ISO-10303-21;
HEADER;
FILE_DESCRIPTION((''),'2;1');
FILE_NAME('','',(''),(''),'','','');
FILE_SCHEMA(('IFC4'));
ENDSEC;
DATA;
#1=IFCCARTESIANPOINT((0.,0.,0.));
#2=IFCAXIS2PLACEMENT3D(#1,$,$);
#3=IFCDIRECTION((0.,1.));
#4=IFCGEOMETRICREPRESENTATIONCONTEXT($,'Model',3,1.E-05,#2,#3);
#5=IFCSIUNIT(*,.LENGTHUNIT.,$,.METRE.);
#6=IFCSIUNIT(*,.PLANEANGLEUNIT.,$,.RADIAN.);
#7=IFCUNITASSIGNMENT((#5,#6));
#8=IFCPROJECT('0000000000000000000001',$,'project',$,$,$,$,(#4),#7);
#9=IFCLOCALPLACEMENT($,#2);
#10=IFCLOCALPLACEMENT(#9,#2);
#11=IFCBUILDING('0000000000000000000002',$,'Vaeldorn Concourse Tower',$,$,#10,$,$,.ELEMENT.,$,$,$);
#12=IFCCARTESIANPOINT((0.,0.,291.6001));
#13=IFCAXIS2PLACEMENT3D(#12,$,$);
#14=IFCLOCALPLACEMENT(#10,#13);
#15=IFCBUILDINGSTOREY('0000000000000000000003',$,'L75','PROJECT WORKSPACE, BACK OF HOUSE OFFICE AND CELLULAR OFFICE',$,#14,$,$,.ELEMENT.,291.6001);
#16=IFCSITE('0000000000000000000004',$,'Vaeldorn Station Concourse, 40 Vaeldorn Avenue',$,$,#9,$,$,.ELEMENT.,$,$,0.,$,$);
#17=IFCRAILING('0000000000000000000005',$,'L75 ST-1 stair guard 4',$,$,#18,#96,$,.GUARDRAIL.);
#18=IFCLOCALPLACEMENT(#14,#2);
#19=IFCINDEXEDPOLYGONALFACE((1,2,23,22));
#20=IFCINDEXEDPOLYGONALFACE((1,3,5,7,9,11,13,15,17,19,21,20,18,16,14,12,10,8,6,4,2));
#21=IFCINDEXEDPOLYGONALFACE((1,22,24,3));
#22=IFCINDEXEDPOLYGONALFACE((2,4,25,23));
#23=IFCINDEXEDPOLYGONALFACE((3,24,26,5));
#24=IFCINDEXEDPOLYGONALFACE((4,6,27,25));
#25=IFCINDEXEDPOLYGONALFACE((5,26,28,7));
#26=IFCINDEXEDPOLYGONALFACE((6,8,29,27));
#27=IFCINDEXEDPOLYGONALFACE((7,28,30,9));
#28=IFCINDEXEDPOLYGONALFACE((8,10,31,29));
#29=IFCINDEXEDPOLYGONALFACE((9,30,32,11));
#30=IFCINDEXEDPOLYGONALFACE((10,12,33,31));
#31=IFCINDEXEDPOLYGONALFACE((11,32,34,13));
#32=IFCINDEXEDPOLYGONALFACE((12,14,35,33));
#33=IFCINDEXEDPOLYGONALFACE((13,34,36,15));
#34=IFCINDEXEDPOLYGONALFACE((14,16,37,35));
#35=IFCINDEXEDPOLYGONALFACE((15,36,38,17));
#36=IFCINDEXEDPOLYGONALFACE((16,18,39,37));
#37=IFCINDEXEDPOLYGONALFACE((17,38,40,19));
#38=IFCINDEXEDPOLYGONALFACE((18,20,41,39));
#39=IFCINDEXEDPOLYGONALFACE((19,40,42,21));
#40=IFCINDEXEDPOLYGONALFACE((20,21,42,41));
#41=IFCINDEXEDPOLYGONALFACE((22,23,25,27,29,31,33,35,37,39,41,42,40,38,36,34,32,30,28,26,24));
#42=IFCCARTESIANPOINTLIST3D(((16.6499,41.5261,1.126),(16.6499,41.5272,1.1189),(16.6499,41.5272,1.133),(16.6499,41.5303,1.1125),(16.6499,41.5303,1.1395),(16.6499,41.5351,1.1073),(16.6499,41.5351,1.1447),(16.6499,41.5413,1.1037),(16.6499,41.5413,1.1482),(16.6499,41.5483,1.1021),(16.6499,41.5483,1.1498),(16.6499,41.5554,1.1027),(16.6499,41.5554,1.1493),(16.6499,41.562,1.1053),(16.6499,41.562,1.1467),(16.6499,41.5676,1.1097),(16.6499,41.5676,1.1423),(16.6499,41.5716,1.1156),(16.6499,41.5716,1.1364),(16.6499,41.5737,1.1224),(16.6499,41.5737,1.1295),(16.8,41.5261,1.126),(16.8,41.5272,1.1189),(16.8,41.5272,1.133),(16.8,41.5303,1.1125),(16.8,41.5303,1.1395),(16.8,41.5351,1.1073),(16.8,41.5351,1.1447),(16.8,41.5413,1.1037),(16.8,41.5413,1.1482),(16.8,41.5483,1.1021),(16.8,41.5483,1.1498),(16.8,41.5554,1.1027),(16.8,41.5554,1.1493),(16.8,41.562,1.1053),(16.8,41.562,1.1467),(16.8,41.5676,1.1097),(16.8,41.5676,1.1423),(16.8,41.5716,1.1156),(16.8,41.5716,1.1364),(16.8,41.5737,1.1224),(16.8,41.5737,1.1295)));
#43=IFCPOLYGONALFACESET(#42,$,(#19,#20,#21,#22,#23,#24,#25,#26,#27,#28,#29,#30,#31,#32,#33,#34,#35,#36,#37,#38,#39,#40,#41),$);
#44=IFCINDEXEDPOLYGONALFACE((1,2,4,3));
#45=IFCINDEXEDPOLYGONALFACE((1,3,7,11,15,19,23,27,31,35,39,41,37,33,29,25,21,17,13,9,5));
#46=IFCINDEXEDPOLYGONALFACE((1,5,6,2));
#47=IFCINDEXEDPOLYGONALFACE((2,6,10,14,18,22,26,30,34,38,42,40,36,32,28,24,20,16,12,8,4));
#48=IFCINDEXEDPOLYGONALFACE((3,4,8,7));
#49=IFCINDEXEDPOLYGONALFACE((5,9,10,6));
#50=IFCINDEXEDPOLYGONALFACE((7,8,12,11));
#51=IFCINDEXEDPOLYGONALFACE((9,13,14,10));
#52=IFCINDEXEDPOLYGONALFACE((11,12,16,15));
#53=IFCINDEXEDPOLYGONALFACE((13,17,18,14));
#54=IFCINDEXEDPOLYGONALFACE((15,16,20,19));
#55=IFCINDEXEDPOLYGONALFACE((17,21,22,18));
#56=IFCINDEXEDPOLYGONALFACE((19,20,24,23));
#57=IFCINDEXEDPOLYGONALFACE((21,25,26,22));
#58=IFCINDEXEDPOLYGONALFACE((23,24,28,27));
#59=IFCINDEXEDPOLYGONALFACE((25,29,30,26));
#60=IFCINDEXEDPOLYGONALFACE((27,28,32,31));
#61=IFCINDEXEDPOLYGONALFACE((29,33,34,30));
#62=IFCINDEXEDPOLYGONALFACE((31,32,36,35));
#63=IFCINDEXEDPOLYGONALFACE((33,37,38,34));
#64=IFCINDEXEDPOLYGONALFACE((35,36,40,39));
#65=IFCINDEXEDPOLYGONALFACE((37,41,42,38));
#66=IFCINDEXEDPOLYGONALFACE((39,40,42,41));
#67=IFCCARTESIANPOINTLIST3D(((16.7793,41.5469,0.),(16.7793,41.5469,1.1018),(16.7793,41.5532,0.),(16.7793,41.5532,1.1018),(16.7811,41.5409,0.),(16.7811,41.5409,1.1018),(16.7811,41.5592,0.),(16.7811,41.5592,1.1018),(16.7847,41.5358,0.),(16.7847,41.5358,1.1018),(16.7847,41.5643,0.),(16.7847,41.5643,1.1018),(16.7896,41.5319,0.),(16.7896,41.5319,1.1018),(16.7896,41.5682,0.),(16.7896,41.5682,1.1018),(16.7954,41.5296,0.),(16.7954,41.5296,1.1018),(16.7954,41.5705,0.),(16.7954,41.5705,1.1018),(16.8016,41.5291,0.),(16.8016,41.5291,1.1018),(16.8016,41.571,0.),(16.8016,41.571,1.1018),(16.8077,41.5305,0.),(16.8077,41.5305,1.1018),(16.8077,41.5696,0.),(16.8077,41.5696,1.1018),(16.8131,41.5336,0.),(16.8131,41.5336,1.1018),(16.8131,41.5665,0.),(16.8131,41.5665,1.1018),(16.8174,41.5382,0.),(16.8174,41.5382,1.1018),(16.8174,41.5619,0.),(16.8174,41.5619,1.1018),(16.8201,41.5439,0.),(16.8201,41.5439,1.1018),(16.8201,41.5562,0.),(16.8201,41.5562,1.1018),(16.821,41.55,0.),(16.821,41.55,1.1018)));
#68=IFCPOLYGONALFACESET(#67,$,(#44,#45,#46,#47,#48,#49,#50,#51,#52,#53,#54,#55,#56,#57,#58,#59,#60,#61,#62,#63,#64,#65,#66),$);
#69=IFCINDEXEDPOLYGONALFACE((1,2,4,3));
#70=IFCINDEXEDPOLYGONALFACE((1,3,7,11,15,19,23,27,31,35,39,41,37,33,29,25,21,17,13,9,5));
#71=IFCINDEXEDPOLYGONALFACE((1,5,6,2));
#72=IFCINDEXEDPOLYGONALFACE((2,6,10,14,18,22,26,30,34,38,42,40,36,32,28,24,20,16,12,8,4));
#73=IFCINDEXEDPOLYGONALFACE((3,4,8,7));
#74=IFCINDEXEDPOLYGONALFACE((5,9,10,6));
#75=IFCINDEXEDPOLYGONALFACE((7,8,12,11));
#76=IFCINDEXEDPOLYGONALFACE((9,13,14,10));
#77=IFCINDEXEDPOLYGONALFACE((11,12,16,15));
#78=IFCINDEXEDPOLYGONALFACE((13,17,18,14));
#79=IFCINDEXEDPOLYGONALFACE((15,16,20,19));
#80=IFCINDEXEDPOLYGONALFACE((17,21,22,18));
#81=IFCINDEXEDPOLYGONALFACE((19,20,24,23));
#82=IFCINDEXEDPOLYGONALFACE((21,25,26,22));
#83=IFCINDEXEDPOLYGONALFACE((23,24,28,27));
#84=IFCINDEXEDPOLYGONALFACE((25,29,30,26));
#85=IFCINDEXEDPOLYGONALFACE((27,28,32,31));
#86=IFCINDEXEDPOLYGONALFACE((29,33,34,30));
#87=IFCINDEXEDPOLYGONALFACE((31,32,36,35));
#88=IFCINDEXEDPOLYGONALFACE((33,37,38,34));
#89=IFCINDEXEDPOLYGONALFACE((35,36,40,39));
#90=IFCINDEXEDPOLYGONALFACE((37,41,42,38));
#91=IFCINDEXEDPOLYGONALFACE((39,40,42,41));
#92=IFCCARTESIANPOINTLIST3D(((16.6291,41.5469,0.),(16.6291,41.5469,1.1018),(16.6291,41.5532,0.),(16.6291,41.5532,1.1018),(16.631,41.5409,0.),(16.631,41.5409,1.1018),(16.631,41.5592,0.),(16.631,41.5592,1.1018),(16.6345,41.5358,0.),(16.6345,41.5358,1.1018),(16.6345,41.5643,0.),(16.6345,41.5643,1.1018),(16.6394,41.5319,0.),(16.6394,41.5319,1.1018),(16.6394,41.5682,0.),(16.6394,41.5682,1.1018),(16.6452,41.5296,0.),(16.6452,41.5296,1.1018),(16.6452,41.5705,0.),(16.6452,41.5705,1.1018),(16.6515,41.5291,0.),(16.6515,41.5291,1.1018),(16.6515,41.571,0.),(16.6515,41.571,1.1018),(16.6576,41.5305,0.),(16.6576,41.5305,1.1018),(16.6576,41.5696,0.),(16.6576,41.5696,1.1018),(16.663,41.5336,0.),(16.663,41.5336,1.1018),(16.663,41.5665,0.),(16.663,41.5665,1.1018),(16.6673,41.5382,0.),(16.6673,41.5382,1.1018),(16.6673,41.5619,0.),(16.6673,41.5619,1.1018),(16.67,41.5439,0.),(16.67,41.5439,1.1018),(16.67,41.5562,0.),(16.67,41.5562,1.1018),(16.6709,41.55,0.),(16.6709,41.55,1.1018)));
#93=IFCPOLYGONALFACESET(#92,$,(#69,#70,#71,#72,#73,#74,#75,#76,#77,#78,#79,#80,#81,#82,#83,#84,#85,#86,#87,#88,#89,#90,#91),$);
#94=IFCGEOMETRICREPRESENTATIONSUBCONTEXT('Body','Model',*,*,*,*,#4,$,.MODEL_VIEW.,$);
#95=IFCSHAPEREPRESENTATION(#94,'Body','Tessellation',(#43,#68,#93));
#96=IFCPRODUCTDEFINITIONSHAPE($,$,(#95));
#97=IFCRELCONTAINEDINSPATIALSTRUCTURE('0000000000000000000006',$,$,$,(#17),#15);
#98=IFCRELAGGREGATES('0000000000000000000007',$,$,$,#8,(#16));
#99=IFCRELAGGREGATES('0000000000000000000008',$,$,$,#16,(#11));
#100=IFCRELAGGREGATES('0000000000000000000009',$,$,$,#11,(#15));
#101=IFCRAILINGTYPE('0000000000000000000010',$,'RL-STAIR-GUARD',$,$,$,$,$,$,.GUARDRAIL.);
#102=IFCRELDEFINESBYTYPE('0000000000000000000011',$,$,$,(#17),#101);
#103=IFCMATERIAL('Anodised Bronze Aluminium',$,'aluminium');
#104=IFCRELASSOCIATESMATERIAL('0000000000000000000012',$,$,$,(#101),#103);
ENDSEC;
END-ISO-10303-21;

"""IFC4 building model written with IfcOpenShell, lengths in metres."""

from ifc_helpers import new_model, si_unit, direction, frame, origin, origin_2d, place, context, subcontext, project, spatial, circle, extrude, material, type_object, element, save


model = new_model("IFC4")

# Units and contexts
model_context = context("Model", 3, precision=1e-05, world=origin(), true_north=direction((0.0, 1.0)))
body_context = subcontext(model_context, "Body", "Model", "MODEL_VIEW")
ifc_project = project(units=[si_unit("LENGTHUNIT", "METRE"), si_unit("PLANEANGLEUNIT", "RADIAN")], contexts=[model_context])

# Site, building, storey
site_placement = place(None, origin())
site = spatial("IfcSite", under=ifc_project, at=site_placement, Name="Vaeldorn Station Concourse, 40 Vaeldorn Avenue", CompositionType="ELEMENT", RefElevation=0.0)
building_placement = place(site_placement, origin())
building = spatial("IfcBuilding", under=site, at=building_placement, Name="Vaeldorn Concourse Tower", CompositionType="ELEMENT")
storey_placement = place(building_placement, frame((0.0, 0.0, 291.6001)))
storey = spatial("IfcBuildingStorey", under=building, at=storey_placement, Name="L75", Description="PROJECT WORKSPACE, BACK OF HOUSE OFFICE AND CELLULAR OFFICE", CompositionType="ELEMENT", Elevation=291.6001)

# Shared definitions
ifc_material_1 = material(Name="Anodised Bronze Aluminium", Category="aluminium")

# Railing
railing_type_1 = type_object("IfcRailingType", Name="RL-STAIR-GUARD", PredefinedType="GUARDRAIL", material=ifc_material_1)
railing_1_placement = place(storey_placement, frame((16.8, 41.55, 0.0)))
element("IfcRailing", 1, at=railing_1_placement, inside=storey, type_object=railing_type_1, Name="L75 ST-1 stair guard 4", PredefinedType="GUARDRAIL", context=body_context, shape_type="SweptSolid", body=[
    extrude(circle(Radius=0.0239, at=origin_2d()), frame((0.0, 0.0, 1.126), z_axis=(-1.0, 0.0, 0.0), x_axis=(0.0, -1.0, 0.0)), (0.0, 0.0, 1.0), 0.1501),
    extrude(circle(Radius=0.021, at=origin_2d()), origin(), (0.0, 0.0, 1.0), 1.1018),
    extrude(circle(Radius=0.021, at=origin_2d()), frame((-0.1501, 0.0, 0.0)), (0.0, 0.0, 1.0), 1.1018),
])

save(model, "model.ifc")
